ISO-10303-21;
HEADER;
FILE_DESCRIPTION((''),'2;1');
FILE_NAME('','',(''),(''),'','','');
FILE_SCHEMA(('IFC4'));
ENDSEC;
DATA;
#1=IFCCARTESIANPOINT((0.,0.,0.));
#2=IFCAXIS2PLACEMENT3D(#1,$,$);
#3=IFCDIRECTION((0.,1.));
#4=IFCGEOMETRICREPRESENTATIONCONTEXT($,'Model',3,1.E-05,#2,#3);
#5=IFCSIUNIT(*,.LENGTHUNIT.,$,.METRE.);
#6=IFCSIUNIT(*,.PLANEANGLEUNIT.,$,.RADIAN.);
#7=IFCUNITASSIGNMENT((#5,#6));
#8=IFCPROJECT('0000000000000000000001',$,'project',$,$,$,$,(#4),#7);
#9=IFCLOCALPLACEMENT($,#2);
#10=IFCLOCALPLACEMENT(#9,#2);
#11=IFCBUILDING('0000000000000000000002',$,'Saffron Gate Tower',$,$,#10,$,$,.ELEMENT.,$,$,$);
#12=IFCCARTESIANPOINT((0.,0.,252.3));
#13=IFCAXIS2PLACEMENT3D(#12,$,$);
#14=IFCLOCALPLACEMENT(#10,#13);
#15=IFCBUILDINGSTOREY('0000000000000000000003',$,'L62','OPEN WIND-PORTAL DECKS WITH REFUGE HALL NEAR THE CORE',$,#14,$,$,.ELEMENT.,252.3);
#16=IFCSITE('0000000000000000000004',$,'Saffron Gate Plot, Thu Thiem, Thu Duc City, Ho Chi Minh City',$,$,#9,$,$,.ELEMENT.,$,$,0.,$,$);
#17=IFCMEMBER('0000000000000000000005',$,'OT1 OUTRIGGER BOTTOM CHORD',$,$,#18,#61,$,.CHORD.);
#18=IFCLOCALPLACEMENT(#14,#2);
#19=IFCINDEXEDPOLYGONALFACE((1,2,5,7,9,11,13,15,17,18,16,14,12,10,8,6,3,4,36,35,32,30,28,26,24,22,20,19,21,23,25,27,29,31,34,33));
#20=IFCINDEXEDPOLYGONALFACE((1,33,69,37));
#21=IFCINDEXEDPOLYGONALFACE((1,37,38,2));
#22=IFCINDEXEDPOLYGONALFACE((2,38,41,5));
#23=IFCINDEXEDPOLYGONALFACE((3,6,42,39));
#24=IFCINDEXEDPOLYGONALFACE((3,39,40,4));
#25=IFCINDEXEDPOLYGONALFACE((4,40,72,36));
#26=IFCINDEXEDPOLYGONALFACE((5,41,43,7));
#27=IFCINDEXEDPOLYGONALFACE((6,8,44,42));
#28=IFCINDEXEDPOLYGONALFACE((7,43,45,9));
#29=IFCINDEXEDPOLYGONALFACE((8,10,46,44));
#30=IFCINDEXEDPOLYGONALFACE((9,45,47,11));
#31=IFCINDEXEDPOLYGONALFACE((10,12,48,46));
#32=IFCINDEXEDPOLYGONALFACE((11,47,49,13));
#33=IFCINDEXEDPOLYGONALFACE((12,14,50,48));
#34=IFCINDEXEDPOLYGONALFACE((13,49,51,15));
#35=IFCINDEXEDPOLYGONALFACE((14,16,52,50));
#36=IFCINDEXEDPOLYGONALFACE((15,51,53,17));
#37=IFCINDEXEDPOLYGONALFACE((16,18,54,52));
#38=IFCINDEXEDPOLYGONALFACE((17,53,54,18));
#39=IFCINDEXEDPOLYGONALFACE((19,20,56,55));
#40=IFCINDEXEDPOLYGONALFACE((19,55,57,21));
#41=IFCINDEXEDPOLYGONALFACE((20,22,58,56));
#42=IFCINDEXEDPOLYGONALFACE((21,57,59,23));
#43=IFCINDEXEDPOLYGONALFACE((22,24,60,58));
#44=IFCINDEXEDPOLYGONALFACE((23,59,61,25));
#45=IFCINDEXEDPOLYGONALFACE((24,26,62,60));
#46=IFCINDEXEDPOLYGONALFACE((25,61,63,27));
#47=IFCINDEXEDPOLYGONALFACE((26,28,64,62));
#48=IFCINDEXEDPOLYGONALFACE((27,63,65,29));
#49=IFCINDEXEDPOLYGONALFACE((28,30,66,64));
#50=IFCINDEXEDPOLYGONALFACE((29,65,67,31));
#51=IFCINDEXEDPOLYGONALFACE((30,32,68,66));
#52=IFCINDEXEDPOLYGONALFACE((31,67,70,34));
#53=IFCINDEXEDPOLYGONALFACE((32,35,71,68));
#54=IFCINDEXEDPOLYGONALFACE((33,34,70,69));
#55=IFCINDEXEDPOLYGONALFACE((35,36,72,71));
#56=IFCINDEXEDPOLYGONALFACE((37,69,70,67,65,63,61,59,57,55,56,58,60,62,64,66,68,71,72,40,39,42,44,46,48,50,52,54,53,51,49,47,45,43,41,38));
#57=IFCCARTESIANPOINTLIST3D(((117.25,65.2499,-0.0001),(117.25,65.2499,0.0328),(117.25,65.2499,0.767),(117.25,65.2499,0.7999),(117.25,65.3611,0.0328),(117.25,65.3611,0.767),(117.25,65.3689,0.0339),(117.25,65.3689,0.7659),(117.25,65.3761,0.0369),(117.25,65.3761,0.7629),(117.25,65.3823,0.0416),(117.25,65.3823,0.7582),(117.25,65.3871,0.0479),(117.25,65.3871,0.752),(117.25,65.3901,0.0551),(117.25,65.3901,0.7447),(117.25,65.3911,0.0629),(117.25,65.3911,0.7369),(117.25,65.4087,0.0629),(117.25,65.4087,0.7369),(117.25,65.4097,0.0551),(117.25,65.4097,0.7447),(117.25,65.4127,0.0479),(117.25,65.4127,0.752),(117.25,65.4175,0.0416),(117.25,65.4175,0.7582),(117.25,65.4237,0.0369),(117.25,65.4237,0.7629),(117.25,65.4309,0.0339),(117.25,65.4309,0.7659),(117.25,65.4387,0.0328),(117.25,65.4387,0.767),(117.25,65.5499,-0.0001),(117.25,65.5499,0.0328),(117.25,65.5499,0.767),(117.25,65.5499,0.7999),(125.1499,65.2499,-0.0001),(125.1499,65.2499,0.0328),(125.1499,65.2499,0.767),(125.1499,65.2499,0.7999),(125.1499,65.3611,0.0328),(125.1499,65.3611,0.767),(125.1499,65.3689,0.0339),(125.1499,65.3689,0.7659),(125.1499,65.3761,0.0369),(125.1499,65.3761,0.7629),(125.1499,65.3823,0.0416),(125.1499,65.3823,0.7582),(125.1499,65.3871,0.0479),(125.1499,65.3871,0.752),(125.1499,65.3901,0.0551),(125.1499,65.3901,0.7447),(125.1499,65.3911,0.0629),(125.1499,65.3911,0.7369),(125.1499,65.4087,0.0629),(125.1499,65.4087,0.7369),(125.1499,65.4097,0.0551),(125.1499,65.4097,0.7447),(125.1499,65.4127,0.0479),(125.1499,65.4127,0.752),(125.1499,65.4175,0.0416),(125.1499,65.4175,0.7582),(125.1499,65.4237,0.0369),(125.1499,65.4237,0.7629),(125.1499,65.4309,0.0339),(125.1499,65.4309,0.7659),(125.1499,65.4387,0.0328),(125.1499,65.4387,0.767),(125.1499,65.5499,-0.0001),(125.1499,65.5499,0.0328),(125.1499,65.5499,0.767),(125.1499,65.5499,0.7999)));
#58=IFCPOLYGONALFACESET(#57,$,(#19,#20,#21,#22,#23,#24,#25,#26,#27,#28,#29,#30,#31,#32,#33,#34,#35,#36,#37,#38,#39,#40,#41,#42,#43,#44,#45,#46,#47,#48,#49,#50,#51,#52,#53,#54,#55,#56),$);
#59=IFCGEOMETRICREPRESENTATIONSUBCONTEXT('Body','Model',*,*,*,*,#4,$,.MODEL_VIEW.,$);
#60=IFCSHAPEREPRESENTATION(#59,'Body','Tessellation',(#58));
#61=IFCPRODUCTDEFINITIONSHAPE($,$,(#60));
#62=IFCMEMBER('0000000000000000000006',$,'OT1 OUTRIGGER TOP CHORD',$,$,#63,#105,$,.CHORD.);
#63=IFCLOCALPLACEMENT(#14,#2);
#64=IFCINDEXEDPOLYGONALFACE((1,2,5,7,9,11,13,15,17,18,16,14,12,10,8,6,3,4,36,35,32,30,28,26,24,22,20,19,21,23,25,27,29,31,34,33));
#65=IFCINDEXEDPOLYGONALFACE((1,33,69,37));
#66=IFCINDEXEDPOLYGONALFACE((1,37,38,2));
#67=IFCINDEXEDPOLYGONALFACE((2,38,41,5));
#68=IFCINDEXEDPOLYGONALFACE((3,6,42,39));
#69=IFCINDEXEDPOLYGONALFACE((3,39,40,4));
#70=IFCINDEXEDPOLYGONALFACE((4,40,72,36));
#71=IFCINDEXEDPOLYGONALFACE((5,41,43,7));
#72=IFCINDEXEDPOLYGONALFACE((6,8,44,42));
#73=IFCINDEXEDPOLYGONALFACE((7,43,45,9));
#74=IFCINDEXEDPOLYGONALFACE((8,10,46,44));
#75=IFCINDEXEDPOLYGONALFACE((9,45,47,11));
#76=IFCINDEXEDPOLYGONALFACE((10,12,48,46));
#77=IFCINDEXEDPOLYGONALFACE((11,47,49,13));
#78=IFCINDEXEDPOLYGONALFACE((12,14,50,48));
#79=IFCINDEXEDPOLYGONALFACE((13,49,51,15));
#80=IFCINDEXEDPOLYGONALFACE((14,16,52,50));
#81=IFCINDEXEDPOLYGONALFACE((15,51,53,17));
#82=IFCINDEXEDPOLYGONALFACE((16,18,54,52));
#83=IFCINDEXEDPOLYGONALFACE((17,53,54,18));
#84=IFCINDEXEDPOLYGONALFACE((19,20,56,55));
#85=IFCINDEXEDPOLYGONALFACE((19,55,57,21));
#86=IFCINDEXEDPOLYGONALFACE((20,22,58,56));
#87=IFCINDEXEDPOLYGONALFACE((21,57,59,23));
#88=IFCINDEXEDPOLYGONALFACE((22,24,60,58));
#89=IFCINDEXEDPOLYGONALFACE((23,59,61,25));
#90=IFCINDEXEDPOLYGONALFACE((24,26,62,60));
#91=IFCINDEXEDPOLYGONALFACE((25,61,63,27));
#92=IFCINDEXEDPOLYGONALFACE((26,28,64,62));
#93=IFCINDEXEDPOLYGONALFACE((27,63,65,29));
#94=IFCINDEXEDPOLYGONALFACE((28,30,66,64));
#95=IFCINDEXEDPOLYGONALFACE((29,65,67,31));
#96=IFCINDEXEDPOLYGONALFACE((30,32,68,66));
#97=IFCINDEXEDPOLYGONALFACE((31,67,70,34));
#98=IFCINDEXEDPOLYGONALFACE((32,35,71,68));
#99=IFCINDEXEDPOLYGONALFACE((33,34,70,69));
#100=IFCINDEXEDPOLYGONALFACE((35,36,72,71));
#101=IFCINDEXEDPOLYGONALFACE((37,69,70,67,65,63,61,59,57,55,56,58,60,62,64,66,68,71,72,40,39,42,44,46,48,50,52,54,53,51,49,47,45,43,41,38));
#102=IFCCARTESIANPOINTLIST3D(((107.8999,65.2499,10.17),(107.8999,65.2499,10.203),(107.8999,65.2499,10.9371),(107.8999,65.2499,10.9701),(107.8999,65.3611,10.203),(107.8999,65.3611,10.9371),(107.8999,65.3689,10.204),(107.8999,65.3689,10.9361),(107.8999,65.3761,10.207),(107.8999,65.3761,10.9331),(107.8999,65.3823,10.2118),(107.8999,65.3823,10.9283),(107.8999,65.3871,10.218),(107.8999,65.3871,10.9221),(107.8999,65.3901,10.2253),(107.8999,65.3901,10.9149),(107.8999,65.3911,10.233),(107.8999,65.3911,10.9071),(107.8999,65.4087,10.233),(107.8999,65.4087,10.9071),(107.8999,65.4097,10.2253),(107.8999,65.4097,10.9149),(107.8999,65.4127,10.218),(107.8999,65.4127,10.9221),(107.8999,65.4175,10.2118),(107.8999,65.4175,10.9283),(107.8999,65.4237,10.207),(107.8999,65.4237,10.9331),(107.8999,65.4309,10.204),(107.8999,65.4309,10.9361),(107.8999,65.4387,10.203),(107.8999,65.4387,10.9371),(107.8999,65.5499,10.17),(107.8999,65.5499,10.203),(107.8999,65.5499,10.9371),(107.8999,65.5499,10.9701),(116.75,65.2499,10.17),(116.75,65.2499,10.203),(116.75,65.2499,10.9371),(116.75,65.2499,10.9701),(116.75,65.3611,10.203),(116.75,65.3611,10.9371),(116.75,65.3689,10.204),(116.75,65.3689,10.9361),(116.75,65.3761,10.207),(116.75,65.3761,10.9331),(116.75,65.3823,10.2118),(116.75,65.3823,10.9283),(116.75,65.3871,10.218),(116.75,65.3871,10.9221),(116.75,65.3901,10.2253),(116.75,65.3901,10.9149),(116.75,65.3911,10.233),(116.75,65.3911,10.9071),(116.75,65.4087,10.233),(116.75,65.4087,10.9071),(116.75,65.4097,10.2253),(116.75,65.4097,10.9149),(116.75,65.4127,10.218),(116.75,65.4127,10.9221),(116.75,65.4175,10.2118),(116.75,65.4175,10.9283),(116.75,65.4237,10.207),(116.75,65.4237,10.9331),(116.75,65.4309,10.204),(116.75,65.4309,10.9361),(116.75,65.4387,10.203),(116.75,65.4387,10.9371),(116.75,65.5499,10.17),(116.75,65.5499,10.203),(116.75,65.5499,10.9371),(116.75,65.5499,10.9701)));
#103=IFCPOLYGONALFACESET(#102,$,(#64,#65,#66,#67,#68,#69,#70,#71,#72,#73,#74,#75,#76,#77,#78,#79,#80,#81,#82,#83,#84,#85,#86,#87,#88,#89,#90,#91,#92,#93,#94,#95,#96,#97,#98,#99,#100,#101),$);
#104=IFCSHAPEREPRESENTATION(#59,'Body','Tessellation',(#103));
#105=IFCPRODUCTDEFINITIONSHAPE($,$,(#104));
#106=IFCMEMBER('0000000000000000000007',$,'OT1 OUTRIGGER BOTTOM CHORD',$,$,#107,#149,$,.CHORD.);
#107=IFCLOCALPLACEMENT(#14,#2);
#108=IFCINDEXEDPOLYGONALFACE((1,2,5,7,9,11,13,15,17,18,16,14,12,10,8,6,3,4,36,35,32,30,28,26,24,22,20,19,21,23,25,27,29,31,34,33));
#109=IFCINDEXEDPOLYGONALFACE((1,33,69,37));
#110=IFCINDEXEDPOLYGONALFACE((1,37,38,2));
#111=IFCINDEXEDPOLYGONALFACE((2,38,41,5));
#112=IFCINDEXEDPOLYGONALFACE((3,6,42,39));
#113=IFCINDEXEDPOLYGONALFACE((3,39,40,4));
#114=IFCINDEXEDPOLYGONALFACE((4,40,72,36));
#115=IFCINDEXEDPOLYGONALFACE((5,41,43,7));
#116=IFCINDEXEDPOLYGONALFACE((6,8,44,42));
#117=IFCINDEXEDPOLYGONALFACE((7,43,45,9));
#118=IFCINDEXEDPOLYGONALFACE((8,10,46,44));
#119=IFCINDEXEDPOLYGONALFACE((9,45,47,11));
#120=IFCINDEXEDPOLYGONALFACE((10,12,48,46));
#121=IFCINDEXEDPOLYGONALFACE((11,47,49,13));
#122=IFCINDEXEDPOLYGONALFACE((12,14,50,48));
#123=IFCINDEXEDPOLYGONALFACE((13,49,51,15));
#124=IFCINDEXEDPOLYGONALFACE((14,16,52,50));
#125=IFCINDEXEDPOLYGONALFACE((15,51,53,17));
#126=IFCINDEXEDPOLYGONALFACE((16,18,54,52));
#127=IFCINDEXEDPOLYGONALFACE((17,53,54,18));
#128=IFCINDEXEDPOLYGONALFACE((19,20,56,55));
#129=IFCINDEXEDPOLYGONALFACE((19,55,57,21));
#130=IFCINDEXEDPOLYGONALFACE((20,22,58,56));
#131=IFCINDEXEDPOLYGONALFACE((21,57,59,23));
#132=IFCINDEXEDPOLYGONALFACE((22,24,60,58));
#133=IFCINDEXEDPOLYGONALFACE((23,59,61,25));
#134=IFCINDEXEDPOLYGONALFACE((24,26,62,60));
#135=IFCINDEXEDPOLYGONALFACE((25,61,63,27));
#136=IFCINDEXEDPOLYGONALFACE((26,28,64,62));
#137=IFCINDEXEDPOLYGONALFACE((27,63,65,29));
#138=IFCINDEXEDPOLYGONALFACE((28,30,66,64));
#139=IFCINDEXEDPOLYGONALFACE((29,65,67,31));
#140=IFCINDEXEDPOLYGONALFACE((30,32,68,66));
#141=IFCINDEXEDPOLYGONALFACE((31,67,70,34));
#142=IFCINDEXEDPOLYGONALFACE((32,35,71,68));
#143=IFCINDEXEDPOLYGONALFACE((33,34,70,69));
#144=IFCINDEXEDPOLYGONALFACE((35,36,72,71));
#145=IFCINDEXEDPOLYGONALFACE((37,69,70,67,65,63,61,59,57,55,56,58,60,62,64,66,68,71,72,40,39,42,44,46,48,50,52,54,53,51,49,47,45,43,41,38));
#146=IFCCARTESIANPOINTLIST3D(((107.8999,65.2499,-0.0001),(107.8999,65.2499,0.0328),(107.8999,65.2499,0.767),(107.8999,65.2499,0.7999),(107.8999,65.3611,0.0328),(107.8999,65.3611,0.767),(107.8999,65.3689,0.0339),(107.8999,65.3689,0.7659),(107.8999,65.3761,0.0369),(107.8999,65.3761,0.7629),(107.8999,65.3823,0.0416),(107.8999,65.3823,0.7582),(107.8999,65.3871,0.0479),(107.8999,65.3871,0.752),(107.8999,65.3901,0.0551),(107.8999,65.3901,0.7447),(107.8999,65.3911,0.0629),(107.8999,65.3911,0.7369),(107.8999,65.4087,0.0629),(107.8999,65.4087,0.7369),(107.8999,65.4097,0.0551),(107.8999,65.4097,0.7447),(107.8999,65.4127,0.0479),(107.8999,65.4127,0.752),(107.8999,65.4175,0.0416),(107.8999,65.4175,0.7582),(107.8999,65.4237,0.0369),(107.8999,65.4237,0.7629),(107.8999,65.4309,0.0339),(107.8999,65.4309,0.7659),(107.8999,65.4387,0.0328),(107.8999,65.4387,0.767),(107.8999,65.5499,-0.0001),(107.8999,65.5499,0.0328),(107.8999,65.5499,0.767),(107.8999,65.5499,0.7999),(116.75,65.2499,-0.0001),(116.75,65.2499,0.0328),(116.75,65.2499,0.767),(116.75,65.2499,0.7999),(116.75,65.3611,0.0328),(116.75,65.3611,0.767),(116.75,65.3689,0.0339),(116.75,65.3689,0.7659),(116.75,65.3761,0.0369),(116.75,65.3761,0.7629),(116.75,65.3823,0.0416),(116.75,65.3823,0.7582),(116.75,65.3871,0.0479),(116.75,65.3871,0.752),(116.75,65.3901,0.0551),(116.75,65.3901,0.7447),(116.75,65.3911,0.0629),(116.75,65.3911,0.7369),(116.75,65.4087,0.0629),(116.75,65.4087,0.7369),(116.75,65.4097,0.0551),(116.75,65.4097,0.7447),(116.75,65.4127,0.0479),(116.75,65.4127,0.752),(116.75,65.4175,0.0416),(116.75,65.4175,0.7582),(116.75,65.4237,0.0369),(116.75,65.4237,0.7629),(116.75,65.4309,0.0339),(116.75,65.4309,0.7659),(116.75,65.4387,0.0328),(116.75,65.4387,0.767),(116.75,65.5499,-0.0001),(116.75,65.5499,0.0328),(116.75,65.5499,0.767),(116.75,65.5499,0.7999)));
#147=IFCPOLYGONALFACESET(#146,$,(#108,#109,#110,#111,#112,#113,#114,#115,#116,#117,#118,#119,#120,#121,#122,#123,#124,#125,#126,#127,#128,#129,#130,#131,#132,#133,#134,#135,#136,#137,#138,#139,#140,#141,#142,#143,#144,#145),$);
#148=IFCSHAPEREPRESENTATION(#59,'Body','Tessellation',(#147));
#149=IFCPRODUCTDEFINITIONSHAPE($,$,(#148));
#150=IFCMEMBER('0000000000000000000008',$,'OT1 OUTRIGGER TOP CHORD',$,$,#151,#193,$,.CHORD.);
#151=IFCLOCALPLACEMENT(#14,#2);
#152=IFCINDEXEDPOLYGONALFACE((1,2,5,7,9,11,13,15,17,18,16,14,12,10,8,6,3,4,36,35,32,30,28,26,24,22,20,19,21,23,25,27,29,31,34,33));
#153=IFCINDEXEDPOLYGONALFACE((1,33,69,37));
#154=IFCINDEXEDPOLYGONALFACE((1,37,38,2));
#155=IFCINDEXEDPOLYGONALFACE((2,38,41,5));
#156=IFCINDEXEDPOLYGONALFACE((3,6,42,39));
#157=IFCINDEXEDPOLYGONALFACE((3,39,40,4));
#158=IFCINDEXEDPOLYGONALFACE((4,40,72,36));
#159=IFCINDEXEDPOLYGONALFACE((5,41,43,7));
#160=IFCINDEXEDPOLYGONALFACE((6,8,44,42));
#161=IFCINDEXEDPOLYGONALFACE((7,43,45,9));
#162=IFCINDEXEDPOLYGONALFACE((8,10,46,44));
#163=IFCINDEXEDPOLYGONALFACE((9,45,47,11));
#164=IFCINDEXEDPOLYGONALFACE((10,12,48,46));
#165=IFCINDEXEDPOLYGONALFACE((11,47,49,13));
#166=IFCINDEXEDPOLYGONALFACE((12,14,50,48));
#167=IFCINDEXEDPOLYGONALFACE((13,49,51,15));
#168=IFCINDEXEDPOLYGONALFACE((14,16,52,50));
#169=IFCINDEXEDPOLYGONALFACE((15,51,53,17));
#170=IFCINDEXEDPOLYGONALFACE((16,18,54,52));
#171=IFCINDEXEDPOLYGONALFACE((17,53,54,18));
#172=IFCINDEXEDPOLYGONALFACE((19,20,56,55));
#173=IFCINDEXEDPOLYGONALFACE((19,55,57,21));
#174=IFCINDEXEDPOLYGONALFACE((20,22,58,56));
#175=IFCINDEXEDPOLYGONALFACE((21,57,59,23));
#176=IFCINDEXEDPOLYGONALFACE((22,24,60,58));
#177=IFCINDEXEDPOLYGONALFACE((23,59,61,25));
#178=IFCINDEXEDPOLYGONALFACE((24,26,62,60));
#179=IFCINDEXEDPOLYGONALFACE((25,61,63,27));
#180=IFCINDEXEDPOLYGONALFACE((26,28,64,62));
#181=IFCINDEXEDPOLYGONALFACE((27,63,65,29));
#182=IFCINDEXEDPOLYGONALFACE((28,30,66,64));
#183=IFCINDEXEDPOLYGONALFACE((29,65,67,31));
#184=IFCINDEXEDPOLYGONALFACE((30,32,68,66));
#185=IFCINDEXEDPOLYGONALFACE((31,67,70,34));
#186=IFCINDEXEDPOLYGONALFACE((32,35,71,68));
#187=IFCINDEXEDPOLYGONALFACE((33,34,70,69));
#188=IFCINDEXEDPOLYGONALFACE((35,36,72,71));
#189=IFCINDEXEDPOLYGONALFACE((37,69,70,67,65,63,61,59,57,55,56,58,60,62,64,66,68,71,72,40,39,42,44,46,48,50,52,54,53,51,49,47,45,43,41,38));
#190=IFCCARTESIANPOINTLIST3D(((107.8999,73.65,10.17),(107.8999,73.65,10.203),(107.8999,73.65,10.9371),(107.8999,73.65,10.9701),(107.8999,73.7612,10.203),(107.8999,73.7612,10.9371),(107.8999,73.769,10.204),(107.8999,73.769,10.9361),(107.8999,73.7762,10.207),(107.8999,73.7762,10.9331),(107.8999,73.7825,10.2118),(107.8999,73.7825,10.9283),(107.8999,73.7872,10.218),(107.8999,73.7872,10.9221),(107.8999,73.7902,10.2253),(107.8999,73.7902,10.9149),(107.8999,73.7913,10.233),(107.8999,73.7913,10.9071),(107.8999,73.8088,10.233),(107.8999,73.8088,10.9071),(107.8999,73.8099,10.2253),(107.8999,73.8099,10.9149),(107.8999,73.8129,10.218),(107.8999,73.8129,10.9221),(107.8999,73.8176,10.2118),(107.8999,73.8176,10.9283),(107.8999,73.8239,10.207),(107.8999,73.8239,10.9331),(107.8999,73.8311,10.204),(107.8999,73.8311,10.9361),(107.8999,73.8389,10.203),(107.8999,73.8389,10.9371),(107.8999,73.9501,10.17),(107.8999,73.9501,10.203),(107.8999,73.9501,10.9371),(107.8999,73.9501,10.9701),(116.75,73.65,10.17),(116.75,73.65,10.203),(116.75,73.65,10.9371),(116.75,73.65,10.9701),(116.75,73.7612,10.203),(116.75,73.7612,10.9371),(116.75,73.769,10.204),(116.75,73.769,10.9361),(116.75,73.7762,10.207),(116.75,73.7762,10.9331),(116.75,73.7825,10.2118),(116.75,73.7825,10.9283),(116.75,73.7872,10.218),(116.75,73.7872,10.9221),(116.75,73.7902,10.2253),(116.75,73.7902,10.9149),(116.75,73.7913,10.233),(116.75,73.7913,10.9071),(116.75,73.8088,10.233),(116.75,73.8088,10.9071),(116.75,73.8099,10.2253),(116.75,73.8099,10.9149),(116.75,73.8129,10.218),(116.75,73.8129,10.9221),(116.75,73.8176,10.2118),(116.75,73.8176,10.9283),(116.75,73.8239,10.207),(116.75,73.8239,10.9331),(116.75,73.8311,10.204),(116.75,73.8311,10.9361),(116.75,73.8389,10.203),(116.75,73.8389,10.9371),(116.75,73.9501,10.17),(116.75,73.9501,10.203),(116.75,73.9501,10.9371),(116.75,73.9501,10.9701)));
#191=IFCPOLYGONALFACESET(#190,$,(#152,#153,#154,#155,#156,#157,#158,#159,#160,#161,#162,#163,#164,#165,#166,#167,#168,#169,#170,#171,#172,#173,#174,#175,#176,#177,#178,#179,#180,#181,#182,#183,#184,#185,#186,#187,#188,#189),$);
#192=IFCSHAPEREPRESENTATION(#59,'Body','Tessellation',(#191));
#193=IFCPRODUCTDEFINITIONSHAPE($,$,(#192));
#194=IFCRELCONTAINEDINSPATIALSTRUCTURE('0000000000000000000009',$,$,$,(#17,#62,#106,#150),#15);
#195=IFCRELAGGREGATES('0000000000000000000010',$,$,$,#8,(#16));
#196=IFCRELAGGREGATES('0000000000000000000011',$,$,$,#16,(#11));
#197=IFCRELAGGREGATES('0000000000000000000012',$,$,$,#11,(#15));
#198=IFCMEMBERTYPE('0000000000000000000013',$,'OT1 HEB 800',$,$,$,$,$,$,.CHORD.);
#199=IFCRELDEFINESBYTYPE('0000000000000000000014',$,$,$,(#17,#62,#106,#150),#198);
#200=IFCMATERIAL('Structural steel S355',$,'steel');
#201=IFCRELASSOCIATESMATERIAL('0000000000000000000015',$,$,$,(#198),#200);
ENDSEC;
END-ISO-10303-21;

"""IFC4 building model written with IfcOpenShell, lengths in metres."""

from ifc_helpers import new_model, si_unit, direction, frame, origin, origin_2d, place, context, subcontext, project, spatial, i_section, extrude, material, material_profile, profile_set, type_object, element, save


model = new_model("IFC4")

# Units and contexts
model_context = context("Model", 3, precision=1e-05, world=origin(), true_north=direction((0.0, 1.0)))
body_context = subcontext(model_context, "Body", "Model", "MODEL_VIEW")
ifc_project = project(units=[si_unit("LENGTHUNIT", "METRE"), si_unit("PLANEANGLEUNIT", "RADIAN")], contexts=[model_context])

# Site, building, storey
site_placement = place(None, origin())
site = spatial("IfcSite", under=ifc_project, at=site_placement, Name="Saffron Gate Plot, Thu Thiem, Thu Duc City, Ho Chi Minh City", CompositionType="ELEMENT", RefElevation=0.0)
building_placement = place(site_placement, origin())
building = spatial("IfcBuilding", under=site, at=building_placement, Name="Saffron Gate Tower", CompositionType="ELEMENT")
storey_placement = place(building_placement, frame((0.0, 0.0, 252.3)))
storey = spatial("IfcBuildingStorey", under=building, at=storey_placement, Name="L62", Description="OPEN WIND-PORTAL DECKS WITH REFUGE HALL NEAR THE CORE", CompositionType="ELEMENT", Elevation=252.3)

# Shared definitions
ifc_material_1 = material(Name="Structural steel S355", Category="steel")

# Members
ifc_material_profile_1 = material_profile(ifc_material_1, i_section(OverallWidth=0.3, OverallDepth=0.8, WebThickness=0.0176, FlangeThickness=0.033, FilletRadius=0.03, at=origin_2d()))
ifc_profile_set_1 = profile_set([ifc_material_profile_1], Name="Structural steel S355")
member_type_1 = type_object("IfcMemberType", Name="OT1 HEB 800", PredefinedType="CHORD", material=ifc_profile_set_1)
for number, where, z_axis, x_axis, name in (
    (1, (125.1499, 65.3999, 0.3999), (-1.0, 0.0, 0.0), (0.0, -1.0, 0.0), "OT1 OUTRIGGER BOTTOM CHORD"),
):
    element("IfcMember", number, at=place(storey_placement, frame(where, z_axis=z_axis, x_axis=x_axis)), inside=storey, type_object=member_type_1, Name=name, PredefinedType="CHORD", context=body_context, shape_type="SweptSolid", body=[
        extrude(i_section(OverallWidth=0.3, OverallDepth=0.8, WebThickness=0.0176, FlangeThickness=0.033, FilletRadius=0.03, at=origin_2d()), origin(), (0.0, 0.0, 1.0), 7.8999),
    ])
for number, where, z_axis, x_axis, name in (
    (2, (116.75, 65.3999, 10.5701), (-1.0, 0.0, 0.0), (0.0, -1.0, 0.0), "OT1 OUTRIGGER TOP CHORD"),
    (3, (116.75, 65.3999, 0.3999), (-1.0, 0.0, 0.0), (0.0, -1.0, 0.0), "OT1 OUTRIGGER BOTTOM CHORD"),
    (4, (116.75, 73.8, 10.5701), (-1.0, 0.0, 0.0), (0.0, -1.0, 0.0), "OT1 OUTRIGGER TOP CHORD"),
):
    element("IfcMember", number, at=place(storey_placement, frame(where, z_axis=z_axis, x_axis=x_axis)), inside=storey, type_object=member_type_1, Name=name, PredefinedType="CHORD", context=body_context, shape_type="SweptSolid", body=[
        extrude(i_section(OverallWidth=0.3, OverallDepth=0.8, WebThickness=0.0176, FlangeThickness=0.033, FilletRadius=0.03, at=origin_2d()), origin(), (0.0, 0.0, 1.0), 8.8501),
    ])

save(model, "model.ifc")
